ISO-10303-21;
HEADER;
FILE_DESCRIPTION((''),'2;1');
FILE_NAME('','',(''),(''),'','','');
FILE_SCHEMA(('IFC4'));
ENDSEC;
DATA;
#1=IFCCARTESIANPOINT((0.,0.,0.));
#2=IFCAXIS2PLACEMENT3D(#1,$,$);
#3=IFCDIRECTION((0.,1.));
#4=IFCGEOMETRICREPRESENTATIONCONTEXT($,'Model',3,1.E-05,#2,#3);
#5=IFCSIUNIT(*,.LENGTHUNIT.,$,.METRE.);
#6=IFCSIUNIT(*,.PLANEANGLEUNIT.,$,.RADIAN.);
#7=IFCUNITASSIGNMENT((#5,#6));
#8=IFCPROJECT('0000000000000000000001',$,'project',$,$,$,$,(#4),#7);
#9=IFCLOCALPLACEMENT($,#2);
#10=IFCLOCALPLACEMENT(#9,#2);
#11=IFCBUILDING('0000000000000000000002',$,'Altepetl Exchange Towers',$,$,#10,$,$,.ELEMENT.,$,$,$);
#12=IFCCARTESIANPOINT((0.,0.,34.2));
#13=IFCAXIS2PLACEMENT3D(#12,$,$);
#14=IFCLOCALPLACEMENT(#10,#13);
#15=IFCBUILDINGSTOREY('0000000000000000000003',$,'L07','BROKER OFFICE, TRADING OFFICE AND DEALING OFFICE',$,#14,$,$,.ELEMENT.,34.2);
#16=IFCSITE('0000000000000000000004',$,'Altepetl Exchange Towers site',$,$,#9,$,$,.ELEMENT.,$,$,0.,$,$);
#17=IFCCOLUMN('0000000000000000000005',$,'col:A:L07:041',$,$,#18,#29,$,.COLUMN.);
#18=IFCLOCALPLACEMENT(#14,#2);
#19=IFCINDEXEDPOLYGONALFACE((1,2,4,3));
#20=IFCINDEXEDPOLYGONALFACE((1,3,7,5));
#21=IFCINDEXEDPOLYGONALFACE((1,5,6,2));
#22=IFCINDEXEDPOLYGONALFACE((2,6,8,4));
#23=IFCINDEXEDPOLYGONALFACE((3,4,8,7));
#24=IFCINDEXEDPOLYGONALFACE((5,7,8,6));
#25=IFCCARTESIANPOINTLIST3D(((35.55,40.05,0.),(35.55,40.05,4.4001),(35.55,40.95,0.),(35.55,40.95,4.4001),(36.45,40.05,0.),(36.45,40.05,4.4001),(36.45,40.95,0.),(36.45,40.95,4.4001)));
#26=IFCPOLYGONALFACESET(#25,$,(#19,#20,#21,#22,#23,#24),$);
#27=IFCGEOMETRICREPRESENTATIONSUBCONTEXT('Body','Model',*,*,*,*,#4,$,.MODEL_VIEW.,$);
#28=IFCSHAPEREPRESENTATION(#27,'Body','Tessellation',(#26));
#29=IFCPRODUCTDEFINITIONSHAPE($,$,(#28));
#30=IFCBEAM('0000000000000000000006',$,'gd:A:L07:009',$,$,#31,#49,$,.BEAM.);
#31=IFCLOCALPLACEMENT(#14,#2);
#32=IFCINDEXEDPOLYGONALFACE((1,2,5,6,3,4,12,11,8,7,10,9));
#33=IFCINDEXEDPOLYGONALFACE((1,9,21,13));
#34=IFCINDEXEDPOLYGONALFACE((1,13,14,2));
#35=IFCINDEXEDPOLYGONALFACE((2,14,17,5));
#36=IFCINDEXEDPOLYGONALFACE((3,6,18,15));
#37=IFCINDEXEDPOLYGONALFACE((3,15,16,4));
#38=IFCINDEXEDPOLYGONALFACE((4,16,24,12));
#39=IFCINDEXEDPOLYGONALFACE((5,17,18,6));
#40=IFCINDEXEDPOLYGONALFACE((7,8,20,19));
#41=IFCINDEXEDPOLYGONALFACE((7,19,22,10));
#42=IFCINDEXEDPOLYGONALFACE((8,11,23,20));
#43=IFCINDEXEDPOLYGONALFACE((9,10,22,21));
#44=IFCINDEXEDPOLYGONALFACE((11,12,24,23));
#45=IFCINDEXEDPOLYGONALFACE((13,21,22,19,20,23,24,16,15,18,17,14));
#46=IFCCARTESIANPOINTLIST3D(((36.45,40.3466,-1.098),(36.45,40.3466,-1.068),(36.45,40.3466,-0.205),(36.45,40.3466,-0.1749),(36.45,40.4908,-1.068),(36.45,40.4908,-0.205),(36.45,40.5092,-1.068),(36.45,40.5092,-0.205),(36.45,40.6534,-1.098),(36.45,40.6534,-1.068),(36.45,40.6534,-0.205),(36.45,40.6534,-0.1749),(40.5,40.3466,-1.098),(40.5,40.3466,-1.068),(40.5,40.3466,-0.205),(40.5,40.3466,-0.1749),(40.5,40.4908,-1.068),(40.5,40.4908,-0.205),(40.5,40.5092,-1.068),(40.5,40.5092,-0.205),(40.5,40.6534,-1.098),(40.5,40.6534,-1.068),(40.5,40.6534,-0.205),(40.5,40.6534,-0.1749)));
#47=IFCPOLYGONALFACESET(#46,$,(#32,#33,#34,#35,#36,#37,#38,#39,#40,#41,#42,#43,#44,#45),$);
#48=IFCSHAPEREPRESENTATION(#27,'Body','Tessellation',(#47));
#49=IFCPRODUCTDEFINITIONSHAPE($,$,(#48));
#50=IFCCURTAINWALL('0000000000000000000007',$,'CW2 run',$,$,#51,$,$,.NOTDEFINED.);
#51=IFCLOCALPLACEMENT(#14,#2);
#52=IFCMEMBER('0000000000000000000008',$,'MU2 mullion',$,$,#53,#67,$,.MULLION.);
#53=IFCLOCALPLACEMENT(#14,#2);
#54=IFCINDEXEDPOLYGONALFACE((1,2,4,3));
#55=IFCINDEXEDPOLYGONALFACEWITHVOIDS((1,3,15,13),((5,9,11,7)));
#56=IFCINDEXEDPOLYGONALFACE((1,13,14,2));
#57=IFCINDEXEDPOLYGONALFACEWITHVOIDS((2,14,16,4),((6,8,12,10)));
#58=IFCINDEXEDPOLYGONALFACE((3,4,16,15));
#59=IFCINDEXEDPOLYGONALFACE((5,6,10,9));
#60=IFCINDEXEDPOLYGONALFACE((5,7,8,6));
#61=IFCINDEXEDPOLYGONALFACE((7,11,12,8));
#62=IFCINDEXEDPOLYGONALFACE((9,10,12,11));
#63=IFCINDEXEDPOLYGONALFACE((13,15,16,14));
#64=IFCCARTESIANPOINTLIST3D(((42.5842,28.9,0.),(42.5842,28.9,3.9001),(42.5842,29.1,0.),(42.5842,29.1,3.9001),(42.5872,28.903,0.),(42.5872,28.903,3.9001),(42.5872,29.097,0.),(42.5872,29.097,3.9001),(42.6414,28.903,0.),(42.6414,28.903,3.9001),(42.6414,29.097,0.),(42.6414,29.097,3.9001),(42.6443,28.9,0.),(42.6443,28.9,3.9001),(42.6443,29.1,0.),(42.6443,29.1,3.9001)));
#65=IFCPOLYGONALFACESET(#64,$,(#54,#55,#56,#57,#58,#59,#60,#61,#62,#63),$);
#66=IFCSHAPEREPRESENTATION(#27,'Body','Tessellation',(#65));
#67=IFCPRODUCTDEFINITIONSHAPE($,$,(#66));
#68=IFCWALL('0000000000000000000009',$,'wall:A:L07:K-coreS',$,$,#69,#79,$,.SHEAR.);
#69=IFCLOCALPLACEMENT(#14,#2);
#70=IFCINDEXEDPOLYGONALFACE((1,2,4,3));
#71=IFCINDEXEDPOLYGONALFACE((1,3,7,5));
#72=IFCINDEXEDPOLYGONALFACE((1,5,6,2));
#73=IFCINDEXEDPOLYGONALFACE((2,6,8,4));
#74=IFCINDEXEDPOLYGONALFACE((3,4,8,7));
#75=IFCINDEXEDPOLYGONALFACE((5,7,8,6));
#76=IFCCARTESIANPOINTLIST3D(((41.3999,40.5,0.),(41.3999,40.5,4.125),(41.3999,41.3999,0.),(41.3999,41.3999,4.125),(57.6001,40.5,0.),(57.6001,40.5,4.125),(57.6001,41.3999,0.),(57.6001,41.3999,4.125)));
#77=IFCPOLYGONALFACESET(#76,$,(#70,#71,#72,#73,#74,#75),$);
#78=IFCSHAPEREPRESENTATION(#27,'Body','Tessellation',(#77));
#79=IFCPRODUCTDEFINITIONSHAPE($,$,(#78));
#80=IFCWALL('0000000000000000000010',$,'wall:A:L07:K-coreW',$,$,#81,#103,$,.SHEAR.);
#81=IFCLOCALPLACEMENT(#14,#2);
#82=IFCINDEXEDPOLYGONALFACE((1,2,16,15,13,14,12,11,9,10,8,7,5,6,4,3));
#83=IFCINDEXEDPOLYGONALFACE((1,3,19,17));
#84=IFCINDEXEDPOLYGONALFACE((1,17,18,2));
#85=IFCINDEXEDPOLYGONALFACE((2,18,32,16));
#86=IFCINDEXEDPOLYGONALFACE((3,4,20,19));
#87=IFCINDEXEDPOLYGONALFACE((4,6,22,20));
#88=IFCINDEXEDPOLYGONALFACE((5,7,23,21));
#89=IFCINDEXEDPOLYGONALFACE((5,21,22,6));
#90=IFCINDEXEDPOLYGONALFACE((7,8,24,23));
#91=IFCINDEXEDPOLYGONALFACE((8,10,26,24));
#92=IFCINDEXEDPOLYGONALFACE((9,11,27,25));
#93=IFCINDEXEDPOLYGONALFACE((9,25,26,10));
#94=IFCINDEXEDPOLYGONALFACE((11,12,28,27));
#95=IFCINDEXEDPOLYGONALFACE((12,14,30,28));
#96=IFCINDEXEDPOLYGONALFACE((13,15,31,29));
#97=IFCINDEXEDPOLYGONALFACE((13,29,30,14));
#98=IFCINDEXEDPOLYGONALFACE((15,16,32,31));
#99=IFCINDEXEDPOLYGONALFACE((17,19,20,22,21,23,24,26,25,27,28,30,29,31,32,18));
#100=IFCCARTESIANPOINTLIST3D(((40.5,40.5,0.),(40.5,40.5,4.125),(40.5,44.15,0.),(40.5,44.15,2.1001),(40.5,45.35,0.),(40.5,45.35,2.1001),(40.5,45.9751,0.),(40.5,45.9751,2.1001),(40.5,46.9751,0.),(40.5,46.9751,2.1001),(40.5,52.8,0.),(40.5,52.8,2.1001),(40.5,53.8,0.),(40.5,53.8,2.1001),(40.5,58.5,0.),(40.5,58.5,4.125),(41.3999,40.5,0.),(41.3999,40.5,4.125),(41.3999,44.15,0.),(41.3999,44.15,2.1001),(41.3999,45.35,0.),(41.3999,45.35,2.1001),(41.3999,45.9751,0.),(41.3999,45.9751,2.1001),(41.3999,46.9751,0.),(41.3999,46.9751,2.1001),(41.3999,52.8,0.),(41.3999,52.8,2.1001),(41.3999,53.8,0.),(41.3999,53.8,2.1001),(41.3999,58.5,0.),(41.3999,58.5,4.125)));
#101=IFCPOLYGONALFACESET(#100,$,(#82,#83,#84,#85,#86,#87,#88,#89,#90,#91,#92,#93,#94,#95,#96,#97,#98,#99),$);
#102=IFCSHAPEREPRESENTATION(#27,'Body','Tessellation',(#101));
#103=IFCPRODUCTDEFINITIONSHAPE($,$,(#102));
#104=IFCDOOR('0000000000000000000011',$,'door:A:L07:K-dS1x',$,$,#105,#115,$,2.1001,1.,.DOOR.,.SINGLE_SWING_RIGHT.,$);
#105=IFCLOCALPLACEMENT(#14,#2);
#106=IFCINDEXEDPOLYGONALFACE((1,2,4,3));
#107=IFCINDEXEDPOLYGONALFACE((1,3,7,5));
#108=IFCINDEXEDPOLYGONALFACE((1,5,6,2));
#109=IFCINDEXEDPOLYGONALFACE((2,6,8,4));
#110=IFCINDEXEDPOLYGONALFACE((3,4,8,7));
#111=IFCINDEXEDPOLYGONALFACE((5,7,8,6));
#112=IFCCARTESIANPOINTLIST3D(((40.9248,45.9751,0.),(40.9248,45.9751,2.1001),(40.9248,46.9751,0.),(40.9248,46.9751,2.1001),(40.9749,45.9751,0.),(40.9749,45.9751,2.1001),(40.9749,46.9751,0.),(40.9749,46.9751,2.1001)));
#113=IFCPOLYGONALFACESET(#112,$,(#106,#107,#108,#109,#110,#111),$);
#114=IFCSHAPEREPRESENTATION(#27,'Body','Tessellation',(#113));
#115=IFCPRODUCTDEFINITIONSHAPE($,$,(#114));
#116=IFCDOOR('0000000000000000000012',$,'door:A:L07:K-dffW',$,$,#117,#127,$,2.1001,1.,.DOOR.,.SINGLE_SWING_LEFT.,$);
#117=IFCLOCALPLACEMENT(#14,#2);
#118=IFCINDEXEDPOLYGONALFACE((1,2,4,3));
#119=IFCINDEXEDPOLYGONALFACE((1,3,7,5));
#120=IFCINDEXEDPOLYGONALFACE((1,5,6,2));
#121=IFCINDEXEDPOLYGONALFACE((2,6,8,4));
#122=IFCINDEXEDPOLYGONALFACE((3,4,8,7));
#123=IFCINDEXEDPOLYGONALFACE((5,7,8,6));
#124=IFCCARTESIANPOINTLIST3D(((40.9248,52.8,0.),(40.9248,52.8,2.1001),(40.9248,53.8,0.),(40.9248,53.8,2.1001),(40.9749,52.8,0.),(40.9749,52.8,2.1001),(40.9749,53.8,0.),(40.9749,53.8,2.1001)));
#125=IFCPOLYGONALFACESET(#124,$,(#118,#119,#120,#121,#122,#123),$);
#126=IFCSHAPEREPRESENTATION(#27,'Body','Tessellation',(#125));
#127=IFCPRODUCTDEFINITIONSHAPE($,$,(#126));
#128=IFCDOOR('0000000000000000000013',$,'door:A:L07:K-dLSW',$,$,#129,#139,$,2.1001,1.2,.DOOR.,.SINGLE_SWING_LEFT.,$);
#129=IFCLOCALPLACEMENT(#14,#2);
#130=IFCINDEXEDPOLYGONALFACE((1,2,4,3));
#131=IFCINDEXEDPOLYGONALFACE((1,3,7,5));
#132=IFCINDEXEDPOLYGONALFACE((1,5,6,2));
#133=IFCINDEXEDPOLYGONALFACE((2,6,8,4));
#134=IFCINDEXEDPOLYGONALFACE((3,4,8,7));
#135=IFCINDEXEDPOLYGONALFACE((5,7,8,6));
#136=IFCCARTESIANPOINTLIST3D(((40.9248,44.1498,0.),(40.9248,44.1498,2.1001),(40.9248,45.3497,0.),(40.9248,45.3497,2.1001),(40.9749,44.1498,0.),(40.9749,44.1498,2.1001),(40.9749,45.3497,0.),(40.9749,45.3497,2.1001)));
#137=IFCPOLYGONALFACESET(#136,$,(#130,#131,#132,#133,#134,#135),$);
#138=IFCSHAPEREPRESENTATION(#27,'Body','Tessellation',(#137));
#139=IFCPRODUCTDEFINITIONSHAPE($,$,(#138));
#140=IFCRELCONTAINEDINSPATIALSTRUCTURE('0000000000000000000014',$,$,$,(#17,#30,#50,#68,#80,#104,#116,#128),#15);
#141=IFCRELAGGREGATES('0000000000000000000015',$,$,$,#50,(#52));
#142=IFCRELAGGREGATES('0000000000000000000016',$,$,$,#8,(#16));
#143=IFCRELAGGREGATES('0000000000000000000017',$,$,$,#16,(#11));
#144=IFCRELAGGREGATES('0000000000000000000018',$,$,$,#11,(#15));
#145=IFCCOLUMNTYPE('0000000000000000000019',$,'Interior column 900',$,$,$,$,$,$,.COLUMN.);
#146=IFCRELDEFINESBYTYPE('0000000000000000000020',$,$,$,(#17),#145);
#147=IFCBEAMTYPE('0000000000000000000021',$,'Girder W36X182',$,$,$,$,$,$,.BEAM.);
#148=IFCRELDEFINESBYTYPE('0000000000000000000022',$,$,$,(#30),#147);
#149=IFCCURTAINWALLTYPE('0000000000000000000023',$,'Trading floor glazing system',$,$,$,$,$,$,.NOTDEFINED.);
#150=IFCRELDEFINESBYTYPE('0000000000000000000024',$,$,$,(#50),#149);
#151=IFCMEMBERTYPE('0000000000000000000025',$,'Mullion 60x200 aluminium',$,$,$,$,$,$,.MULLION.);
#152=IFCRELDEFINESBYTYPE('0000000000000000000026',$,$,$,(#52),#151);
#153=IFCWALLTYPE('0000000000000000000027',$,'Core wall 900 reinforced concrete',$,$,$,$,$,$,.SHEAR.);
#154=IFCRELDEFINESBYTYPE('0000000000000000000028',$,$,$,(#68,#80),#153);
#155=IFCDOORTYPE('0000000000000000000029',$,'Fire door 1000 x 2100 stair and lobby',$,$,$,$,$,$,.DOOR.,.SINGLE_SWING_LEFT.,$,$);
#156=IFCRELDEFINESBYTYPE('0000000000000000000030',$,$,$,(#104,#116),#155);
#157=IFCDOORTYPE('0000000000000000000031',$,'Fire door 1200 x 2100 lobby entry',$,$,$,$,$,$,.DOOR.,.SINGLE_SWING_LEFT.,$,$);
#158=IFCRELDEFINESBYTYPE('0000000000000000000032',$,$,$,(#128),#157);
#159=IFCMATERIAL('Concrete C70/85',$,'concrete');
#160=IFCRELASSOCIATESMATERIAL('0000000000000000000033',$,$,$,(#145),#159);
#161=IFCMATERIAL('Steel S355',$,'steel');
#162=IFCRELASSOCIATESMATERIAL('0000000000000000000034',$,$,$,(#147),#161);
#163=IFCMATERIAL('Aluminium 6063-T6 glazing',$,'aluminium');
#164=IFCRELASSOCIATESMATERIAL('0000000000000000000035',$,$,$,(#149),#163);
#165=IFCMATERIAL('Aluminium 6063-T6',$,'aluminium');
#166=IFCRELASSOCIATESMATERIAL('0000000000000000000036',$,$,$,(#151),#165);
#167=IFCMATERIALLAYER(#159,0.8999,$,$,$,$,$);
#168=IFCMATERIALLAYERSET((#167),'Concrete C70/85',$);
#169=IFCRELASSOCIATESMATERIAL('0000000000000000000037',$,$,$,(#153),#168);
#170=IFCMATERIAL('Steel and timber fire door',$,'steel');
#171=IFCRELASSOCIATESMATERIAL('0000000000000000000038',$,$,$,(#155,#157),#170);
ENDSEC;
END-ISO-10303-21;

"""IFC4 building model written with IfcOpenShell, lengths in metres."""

from ifc_helpers import new_model, si_unit, direction, frame, frame_2d, origin, origin_2d, place, context, subcontext, project, spatial, rectangle, hollow_rectangle, i_section, extrude, material, layer, layer_set, material_profile, profile_set, type_object, element, fill, aggregate, save


model = new_model("IFC4")

# Units and contexts
model_context = context("Model", 3, precision=1e-05, world=origin(), true_north=direction((0.0, 1.0)))
body_context = subcontext(model_context, "Body", "Model", "MODEL_VIEW")
ifc_project = project(units=[si_unit("LENGTHUNIT", "METRE"), si_unit("PLANEANGLEUNIT", "RADIAN")], contexts=[model_context])

# Site, building, storey
site_placement = place(None, origin())
site = spatial("IfcSite", under=ifc_project, at=site_placement, Name="Altepetl Exchange Towers site", CompositionType="ELEMENT", RefElevation=0.0)
building_placement = place(site_placement, origin())
building = spatial("IfcBuilding", under=site, at=building_placement, Name="Altepetl Exchange Towers", CompositionType="ELEMENT")
storey_placement = place(building_placement, frame((0.0, 0.0, 34.2)))
storey = spatial("IfcBuildingStorey", under=building, at=storey_placement, Name="L07", Description="BROKER OFFICE, TRADING OFFICE AND DEALING OFFICE", CompositionType="ELEMENT", Elevation=34.2)

# Column
ifc_material_1 = material(Name="Concrete C70/85", Category="concrete")
ifc_material_profile_1 = material_profile(ifc_material_1, rectangle(XDim=0.8999, YDim=0.8999, at=origin_2d()), Name="900 x 900")
ifc_profile_set_1 = profile_set([ifc_material_profile_1], Name="Concrete C70/85")
column_type = type_object("IfcColumnType", Name="Interior column 900", PredefinedType="COLUMN", material=ifc_profile_set_1)
column_placement = place(storey_placement, frame((36.0, 40.5, 0.0)))
element("IfcColumn", 1, at=column_placement, inside=storey, type_object=column_type, Name="col:A:L07:041", PredefinedType="COLUMN", context=body_context, shape_type="SweptSolid", body=[
    extrude(rectangle(XDim=0.8999, YDim=0.8999, at=origin_2d()), origin(), (0.0, 0.0, 1.0), 4.4001),
])

# Beam
ifc_material_2 = material(Name="Steel S355", Category="steel")
ifc_material_profile_2 = material_profile(ifc_material_2, i_section(OverallWidth=0.3069, OverallDepth=0.9231, WebThickness=0.0183, FlangeThickness=0.03, at=origin_2d()), Name="W36X182")
ifc_profile_set_2 = profile_set([ifc_material_profile_2], Name="Steel S355")
beam_type = type_object("IfcBeamType", Name="Girder W36X182", PredefinedType="BEAM", material=ifc_profile_set_2)
beam_placement = place(storey_placement, frame((40.5, 40.5, -0.6365), z_axis=(-1.0, 0.0, 0.0), x_axis=(0.0, -1.0, 0.0)))
element("IfcBeam", 2, at=beam_placement, inside=storey, type_object=beam_type, Name="gd:A:L07:009", PredefinedType="BEAM", context=body_context, shape_type="SweptSolid", body=[
    extrude(i_section(OverallWidth=0.3069, OverallDepth=0.9231, WebThickness=0.0183, FlangeThickness=0.03, at=origin_2d()), origin(), (0.0, 0.0, 1.0), 4.05),
])

# Curtain wall, member
ifc_material_3 = material(Name="Aluminium 6063-T6 glazing", Category="aluminium")
curtain_wall_type = type_object("IfcCurtainWallType", Name="Trading floor glazing system", PredefinedType="NOTDEFINED", material=ifc_material_3)
curtain_wall_placement = place(storey_placement, origin())
curtain_wall = element("IfcCurtainWall", 3, at=curtain_wall_placement, inside=storey, type_object=curtain_wall_type, Name="CW2 run", PredefinedType="NOTDEFINED")
ifc_material_4 = material(Name="Aluminium 6063-T6", Category="aluminium")
ifc_material_profile_3 = material_profile(ifc_material_4, hollow_rectangle(XDim=0.0601, YDim=0.2, WallThickness=0.0029, at=origin_2d()), Name="Mullion 60x200 aluminium")
ifc_profile_set_3 = profile_set([ifc_material_profile_3], Name="Aluminium 6063-T6")
member_type = type_object("IfcMemberType", Name="Mullion 60x200 aluminium", PredefinedType="MULLION", material=ifc_profile_set_3)
member_placement = place(storey_placement, frame((42.6143, 29.0, 0.0)))
member = element("IfcMember", 4, at=member_placement, type_object=member_type, Name="MU2 mullion", PredefinedType="MULLION", context=body_context, shape_type="SweptSolid", body=[
    extrude(hollow_rectangle(XDim=0.0601, YDim=0.2, WallThickness=0.0029, at=origin_2d()), origin(), (0.0, 0.0, 1.0), 3.9001),
])
aggregate(curtain_wall, [member])

# Wall
ifc_layer_1 = layer(ifc_material_1, 0.8999)
ifc_layer_set_1 = layer_set([ifc_layer_1], Name="Concrete C70/85")
wall_type_1 = type_object("IfcWallType", Name="Core wall 900 reinforced concrete", PredefinedType="SHEAR", material=ifc_layer_set_1)
wall_1_placement = place(storey_placement, frame((41.3999, 40.95, 0.0)))
element("IfcWall", 5, at=wall_1_placement, inside=storey, type_object=wall_type_1, Name="wall:A:L07:K-coreS", PredefinedType="SHEAR", context=body_context, shape_type="SweptSolid", body=[
    extrude(rectangle(XDim=16.2002, YDim=0.8999, at=frame_2d((8.1001, 0.0))), origin(), (0.0, 0.0, 1.0), 4.125),
])

# Wall, openings, doors
wall_2_placement = place(storey_placement, frame((40.95, 40.5, 0.0), z_axis=(0.0, 0.0, 1.0), x_axis=(0.0, 1.0, 0.0)))
wall_2 = element("IfcWall", 6, at=wall_2_placement, inside=storey, type_object=wall_type_1, Name="wall:A:L07:K-coreW", PredefinedType="SHEAR", context=body_context, shape_type="SweptSolid", body=[
    extrude(rectangle(XDim=18.0, YDim=0.8999, at=frame_2d((9.0, 0.0))), origin(), (0.0, 0.0, 1.0), 4.125),
])
opening_1_placement = place(wall_2_placement, frame((3.6499, 0.0, 0.0)))
opening_1 = element("IfcOpeningElement", 7, at=opening_1_placement, cuts=wall_2, PredefinedType="OPENING", context=body_context, shape_type="SweptSolid", body=[
    extrude(rectangle(XDim=1.2, YDim=2.1001, at=frame_2d((0.6001, 1.05))), frame((0.0, 0.46, 0.0), z_axis=(0.0, -1.0, 0.0), x_axis=(1.0, 0.0, 0.0)), (0.0, 0.0, 1.0), 0.9199),
])
opening_2_placement = place(wall_2_placement, frame((5.4751, 0.0, 0.0)))
opening_2 = element("IfcOpeningElement", 8, at=opening_2_placement, cuts=wall_2, PredefinedType="OPENING", context=body_context, shape_type="SweptSolid", body=[
    extrude(rectangle(XDim=1.0, YDim=2.1001, at=frame_2d((0.5, 1.05))), frame((0.0, 0.46, 0.0), z_axis=(0.0, -1.0, 0.0), x_axis=(1.0, 0.0, 0.0)), (0.0, 0.0, 1.0), 0.9199),
])
opening_3_placement = place(wall_2_placement, frame((12.3, 0.0, 0.0)))
opening_3 = element("IfcOpeningElement", 9, at=opening_3_placement, cuts=wall_2, PredefinedType="OPENING", context=body_context, shape_type="SweptSolid", body=[
    extrude(rectangle(XDim=1.0, YDim=2.1001, at=frame_2d((0.5, 1.05))), frame((0.0, 0.46, 0.0), z_axis=(0.0, -1.0, 0.0), x_axis=(1.0, 0.0, 0.0)), (0.0, 0.0, 1.0), 0.9199),
])
ifc_material_5 = material(Name="Steel and timber fire door", Category="steel")
door_type_1 = type_object("IfcDoorType", Name="Fire door 1000 x 2100 stair and lobby", OperationType="SINGLE_SWING_LEFT", PredefinedType="DOOR", material=ifc_material_5)
door_1_placement = place(opening_2_placement, frame((1.0, 0.0, 0.0), x_axis=(-1.0, 0.0, 0.0)))
door_1 = element("IfcDoor", 10, at=door_1_placement, inside=storey, type_object=door_type_1, Name="door:A:L07:K-dS1x", OperationType="SINGLE_SWING_RIGHT", OverallHeight=2.1001, OverallWidth=1.0, PredefinedType="DOOR", context=body_context, shape_type="SweptSolid", body=[
    extrude(rectangle(XDim=1.0, YDim=2.1001, at=frame_2d((0.5, 1.05))), frame((0.0, 0.0249, 0.0), z_axis=(0.0, -1.0, 0.0), x_axis=(1.0, 0.0, 0.0)), (0.0, 0.0, 1.0), 0.05),
])
fill(opening_2, door_1)
door_2_placement = place(opening_3_placement, frame((1.0, 0.0, 0.0), x_axis=(-1.0, 0.0, 0.0)))
door_2 = element("IfcDoor", 11, at=door_2_placement, inside=storey, type_object=door_type_1, Name="door:A:L07:K-dffW", OperationType="SINGLE_SWING_LEFT", OverallHeight=2.1001, OverallWidth=1.0, PredefinedType="DOOR", context=body_context, shape_type="SweptSolid", body=[
    extrude(rectangle(XDim=1.0, YDim=2.1001, at=frame_2d((0.5, 1.05))), frame((0.0, 0.0249, 0.0), z_axis=(0.0, -1.0, 0.0), x_axis=(1.0, 0.0, 0.0)), (0.0, 0.0, 1.0), 0.05),
])
fill(opening_3, door_2)
door_type_2 = type_object("IfcDoorType", Name="Fire door 1200 x 2100 lobby entry", OperationType="SINGLE_SWING_LEFT", PredefinedType="DOOR", material=ifc_material_5)
door_3_placement = place(opening_1_placement, frame((1.2, 0.0, 0.0), x_axis=(-1.0, 0.0, 0.0)))
door_3 = element("IfcDoor", 12, at=door_3_placement, inside=storey, type_object=door_type_2, Name="door:A:L07:K-dLSW", OperationType="SINGLE_SWING_LEFT", OverallHeight=2.1001, OverallWidth=1.2, PredefinedType="DOOR", context=body_context, shape_type="SweptSolid", body=[
    extrude(rectangle(XDim=1.2, YDim=2.1001, at=frame_2d((0.6001, 1.05))), frame((0.0, 0.0249, 0.0), z_axis=(0.0, -1.0, 0.0), x_axis=(1.0, 0.0, 0.0)), (0.0, 0.0, 1.0), 0.05),
])
fill(opening_1, door_3)

save(model, "model.ifc")
